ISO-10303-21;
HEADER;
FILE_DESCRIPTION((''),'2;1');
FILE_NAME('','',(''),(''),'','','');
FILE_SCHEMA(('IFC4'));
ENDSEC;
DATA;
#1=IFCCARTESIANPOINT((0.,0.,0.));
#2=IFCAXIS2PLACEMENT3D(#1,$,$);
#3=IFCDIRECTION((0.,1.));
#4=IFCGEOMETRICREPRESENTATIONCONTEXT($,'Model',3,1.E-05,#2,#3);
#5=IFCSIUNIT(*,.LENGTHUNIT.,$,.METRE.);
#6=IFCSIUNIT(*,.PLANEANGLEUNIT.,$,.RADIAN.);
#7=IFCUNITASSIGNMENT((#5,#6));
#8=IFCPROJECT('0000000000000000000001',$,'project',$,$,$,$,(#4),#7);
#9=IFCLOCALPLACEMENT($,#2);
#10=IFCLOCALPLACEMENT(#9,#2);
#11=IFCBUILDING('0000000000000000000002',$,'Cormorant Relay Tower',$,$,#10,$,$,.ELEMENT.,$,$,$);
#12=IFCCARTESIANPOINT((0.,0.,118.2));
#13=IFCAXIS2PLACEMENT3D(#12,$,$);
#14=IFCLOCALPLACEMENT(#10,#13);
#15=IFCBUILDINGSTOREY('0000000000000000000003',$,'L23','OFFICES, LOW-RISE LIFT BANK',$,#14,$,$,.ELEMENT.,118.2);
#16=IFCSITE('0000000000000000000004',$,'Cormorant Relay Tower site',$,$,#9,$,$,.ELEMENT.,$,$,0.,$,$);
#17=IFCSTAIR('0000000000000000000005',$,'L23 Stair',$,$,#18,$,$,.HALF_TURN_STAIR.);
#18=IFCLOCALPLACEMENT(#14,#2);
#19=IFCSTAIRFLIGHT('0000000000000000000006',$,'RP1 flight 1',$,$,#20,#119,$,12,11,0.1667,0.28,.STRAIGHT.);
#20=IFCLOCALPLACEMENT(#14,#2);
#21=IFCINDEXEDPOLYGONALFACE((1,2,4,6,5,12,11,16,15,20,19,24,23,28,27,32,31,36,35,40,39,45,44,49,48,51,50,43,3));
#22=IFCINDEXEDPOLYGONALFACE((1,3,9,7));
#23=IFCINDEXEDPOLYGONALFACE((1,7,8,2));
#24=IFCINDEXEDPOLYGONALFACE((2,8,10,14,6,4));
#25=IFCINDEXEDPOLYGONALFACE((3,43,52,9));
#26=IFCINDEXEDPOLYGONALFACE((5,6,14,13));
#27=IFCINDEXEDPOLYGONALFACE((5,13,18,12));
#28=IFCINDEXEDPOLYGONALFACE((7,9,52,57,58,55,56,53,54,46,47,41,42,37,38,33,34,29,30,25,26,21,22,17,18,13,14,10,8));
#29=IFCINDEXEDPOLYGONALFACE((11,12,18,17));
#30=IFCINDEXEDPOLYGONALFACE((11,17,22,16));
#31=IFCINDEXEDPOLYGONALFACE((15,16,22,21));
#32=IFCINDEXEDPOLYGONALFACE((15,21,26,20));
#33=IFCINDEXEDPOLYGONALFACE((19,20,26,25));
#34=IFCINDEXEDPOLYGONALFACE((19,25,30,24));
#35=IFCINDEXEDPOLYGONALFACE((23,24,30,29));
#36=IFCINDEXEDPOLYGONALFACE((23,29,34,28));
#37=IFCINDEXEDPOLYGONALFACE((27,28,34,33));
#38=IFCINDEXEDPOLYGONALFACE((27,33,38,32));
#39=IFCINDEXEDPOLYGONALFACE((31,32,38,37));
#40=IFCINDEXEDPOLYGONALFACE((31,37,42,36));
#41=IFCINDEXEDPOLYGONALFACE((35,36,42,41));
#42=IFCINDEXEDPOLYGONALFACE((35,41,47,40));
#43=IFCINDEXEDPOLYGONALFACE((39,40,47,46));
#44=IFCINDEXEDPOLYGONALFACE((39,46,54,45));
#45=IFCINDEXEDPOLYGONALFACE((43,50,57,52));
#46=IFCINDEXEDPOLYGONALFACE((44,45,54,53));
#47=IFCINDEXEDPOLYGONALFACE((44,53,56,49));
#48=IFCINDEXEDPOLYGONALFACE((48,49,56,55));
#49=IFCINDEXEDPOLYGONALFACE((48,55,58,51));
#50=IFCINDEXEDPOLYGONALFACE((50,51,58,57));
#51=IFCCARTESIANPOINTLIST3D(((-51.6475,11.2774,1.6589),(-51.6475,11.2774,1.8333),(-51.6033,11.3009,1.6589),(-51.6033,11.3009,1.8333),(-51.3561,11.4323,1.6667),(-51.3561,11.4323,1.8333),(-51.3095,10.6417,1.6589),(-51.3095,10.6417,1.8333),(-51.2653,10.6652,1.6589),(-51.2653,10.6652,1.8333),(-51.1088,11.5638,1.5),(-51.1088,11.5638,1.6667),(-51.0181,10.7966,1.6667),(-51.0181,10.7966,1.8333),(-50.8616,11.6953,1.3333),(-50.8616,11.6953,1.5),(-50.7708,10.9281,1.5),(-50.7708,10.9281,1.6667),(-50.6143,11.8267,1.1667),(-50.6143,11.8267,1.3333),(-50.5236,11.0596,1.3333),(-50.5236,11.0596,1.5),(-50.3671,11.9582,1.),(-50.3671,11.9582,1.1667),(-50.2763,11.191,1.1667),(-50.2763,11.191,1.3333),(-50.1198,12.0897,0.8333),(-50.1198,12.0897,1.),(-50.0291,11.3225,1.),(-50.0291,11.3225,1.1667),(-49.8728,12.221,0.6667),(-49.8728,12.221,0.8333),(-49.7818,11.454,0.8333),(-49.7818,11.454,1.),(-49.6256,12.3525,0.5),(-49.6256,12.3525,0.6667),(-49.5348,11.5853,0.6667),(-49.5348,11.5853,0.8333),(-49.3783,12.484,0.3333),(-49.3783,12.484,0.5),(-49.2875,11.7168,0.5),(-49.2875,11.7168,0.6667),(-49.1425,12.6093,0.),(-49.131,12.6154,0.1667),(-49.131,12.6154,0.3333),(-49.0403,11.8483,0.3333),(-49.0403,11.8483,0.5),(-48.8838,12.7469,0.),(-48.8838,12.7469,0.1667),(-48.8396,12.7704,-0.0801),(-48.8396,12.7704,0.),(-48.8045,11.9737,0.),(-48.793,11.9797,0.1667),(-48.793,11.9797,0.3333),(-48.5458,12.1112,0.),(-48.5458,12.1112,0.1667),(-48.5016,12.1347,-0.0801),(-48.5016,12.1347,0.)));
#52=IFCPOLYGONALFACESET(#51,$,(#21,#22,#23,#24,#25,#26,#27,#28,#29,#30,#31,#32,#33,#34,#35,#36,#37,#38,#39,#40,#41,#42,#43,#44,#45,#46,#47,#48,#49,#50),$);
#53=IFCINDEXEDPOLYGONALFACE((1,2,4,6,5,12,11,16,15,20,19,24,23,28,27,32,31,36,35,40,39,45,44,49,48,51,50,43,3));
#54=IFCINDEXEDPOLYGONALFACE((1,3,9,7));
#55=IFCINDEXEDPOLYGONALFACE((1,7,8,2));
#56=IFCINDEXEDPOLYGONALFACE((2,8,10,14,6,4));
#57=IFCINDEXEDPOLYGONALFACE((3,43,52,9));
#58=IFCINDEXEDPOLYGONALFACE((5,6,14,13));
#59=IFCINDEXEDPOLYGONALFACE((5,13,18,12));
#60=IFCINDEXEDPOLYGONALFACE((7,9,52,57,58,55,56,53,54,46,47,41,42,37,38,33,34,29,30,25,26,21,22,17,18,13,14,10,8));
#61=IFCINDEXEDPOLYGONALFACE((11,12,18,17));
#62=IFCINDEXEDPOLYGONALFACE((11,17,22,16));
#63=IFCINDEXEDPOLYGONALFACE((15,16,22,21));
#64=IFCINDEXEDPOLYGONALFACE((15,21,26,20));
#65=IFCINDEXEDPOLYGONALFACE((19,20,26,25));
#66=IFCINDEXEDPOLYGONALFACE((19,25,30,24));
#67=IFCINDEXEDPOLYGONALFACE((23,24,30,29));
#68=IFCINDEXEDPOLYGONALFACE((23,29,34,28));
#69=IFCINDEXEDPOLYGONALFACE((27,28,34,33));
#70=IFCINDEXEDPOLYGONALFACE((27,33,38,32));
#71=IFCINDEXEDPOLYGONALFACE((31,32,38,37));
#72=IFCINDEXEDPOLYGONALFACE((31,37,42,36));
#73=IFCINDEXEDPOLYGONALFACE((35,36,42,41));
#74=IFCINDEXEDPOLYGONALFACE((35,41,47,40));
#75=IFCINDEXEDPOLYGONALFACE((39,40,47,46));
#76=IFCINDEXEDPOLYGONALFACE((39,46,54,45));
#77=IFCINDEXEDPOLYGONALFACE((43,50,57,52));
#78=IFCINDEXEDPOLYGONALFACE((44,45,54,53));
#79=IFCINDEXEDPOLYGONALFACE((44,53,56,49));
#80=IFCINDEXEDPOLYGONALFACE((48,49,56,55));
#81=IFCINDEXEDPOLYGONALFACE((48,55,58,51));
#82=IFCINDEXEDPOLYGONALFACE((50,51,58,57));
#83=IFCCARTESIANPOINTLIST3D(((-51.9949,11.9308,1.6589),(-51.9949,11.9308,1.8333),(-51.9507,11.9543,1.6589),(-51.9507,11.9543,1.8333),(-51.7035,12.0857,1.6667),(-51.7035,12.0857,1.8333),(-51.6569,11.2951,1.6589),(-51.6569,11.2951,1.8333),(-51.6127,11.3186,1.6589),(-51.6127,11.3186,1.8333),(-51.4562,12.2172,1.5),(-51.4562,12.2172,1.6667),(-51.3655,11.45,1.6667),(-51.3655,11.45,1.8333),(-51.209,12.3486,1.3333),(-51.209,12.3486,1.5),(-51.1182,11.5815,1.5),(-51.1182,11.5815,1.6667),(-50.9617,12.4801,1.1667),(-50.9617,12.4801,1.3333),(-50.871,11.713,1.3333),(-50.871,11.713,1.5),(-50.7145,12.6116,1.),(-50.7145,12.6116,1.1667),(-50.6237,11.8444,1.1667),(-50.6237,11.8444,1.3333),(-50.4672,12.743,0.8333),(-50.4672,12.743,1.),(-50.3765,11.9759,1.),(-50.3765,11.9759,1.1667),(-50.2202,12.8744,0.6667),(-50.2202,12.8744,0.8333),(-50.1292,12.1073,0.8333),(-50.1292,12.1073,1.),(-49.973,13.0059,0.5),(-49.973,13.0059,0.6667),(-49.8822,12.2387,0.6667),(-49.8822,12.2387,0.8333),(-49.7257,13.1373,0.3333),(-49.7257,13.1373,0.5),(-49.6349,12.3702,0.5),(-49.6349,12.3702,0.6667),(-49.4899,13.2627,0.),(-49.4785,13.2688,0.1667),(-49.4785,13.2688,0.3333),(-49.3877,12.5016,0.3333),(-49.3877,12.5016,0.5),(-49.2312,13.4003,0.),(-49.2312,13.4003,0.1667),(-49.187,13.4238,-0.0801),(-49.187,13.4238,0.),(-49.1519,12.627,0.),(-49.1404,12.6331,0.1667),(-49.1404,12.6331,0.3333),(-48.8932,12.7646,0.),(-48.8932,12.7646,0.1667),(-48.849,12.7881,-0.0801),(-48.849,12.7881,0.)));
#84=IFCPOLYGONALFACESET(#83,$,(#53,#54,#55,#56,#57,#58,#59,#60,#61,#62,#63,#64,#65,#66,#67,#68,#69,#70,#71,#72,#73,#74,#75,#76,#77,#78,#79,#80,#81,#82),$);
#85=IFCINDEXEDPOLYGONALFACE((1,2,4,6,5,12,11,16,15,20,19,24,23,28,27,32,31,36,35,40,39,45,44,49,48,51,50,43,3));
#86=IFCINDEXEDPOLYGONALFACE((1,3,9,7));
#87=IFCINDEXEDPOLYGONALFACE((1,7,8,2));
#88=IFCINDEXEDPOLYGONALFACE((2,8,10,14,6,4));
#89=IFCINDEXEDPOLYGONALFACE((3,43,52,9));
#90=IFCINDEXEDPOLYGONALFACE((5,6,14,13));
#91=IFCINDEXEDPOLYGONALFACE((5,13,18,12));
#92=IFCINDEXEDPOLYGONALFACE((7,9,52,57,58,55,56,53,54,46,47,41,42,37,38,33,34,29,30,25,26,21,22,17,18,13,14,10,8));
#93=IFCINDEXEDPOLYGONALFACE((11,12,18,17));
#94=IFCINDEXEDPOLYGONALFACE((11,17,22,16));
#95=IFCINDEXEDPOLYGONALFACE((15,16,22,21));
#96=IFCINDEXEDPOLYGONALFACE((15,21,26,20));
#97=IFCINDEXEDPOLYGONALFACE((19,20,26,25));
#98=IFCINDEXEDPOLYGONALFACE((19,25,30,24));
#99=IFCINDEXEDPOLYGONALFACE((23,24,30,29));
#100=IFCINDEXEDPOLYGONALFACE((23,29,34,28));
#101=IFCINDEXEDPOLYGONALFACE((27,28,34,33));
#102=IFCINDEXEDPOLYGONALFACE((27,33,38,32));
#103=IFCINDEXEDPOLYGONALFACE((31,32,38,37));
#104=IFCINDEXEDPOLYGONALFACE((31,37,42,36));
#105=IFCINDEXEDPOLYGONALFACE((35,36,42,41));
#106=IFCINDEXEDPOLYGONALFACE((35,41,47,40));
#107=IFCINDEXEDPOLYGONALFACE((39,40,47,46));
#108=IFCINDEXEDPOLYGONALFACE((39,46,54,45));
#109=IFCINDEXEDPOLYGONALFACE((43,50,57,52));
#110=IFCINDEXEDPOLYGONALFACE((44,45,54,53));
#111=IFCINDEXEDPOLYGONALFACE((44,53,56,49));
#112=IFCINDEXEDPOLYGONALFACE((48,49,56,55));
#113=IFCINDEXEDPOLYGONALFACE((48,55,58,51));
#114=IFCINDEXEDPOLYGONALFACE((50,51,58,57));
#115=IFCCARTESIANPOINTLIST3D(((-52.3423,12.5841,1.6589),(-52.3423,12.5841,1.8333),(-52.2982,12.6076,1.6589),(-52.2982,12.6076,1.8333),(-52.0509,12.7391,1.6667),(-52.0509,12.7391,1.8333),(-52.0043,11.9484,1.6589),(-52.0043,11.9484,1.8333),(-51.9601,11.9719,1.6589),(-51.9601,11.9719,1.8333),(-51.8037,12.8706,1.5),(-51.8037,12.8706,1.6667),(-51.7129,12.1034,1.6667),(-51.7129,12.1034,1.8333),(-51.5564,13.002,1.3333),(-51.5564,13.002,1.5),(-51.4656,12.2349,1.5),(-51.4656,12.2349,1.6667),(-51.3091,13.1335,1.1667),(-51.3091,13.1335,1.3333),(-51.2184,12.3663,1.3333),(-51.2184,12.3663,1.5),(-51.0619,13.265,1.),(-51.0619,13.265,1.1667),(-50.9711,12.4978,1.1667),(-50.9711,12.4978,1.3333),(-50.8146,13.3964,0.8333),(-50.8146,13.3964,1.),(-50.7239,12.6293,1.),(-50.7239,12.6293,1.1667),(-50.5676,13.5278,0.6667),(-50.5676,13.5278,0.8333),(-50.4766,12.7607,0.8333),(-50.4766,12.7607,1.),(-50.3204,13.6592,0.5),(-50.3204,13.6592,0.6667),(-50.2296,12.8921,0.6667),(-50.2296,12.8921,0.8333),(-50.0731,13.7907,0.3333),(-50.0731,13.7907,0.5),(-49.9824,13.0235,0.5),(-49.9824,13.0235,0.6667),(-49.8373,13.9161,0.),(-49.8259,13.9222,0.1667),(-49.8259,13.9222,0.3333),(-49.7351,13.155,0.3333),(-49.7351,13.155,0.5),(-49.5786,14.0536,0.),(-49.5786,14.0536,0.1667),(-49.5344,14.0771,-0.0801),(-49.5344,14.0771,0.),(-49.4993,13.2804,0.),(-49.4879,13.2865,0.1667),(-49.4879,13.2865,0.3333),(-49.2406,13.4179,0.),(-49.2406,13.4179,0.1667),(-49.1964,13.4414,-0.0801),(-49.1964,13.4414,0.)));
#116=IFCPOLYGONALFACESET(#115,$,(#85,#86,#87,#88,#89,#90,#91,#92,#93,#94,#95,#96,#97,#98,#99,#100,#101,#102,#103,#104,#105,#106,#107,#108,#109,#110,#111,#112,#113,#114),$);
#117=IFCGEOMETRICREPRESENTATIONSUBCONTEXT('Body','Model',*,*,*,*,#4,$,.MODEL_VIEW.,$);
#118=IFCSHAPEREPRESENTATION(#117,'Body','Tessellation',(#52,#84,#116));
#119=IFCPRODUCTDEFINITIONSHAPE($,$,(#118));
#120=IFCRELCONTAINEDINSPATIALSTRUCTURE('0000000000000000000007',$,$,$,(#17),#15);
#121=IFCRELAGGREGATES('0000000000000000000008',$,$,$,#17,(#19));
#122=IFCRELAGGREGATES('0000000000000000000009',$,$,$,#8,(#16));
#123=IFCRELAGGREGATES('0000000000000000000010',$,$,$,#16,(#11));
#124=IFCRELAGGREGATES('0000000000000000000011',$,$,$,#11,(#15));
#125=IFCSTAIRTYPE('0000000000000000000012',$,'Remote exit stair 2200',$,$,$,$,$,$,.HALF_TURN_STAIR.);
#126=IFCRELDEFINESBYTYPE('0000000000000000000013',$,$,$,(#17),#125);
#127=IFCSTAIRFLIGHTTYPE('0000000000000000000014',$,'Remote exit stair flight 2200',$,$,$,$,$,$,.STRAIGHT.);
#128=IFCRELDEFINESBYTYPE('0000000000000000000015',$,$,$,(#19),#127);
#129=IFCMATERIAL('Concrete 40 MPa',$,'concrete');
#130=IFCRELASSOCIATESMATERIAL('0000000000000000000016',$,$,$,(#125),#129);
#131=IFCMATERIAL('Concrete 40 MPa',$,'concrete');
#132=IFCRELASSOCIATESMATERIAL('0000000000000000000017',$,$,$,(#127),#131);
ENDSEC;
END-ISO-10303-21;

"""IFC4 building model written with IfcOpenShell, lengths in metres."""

from ifc_helpers import new_model, si_unit, direction, frame, origin, place, context, subcontext, project, spatial, polyline, outline, extrude, material, type_object, element, aggregate, save


model = new_model("IFC4")

# Units and contexts
model_context = context("Model", 3, precision=1e-05, world=origin(), true_north=direction((0.0, 1.0)))
body_context = subcontext(model_context, "Body", "Model", "MODEL_VIEW")
ifc_project = project(units=[si_unit("LENGTHUNIT", "METRE"), si_unit("PLANEANGLEUNIT", "RADIAN")], contexts=[model_context])

# Site, building, storey
site_placement = place(None, origin())
site = spatial("IfcSite", under=ifc_project, at=site_placement, Name="Cormorant Relay Tower site", CompositionType="ELEMENT", RefElevation=0.0)
building_placement = place(site_placement, origin())
building = spatial("IfcBuilding", under=site, at=building_placement, Name="Cormorant Relay Tower", CompositionType="ELEMENT")
storey_placement = place(building_placement, frame((0.0, 0.0, 118.2)))
storey = spatial("IfcBuildingStorey", under=building, at=storey_placement, Name="L23", Description="OFFICES, LOW-RISE LIFT BANK", CompositionType="ELEMENT", Elevation=118.2)

# Stair, stair flight
ifc_material_1 = material(Name="Concrete 40 MPa", Category="concrete")
stair_type = type_object("IfcStairType", Name="Remote exit stair 2200", PredefinedType="HALF_TURN_STAIR", material=ifc_material_1)
stair_placement = place(storey_placement, origin())
stair = element("IfcStair", 1, at=stair_placement, inside=storey, type_object=stair_type, Name="L23 Stair", PredefinedType="HALF_TURN_STAIR")
ifc_material_2 = material(Name="Concrete 40 MPa", Category="concrete")
stair_flight_type = type_object("IfcStairFlightType", Name="Remote exit stair flight 2200", PredefinedType="STRAIGHT", material=ifc_material_2)
stair_flight_1_placement = place(storey_placement, frame((-49.0623, 13.0825, 0.0), z_axis=(0.0, 0.0, 1.0), x_axis=(-0.882948, -0.469472, 0.0)))
stair_flight_1 = element("IfcStairFlight", 2, at=stair_flight_1_placement, type_object=stair_flight_type, Name="RP1 flight 1", NumberOfRisers=12, NumberOfTreads=11, PredefinedType="STRAIGHT", RiserHeight=0.1667, TreadLength=0.28, context=body_context, shape_type="SweptSolid", body=[
    extrude(outline(polyline([(-0.05, -0.0801), (-0.05, 0.0), (0.0, 0.0), (0.0, 0.1667), (0.28, 0.1667), (0.28, 0.3333), (0.5601, 0.3333), (0.5601, 0.5), (0.8401, 0.5), (0.8401, 0.6667), (1.1201, 0.6667), (1.1201, 0.8333), (1.3999, 0.8333), (1.3999, 1.0), (1.6799, 1.0), (1.6799, 1.1667), (1.96, 1.1667), (1.96, 1.3333), (2.24, 1.3333), (2.24, 1.5), (2.52, 1.5), (2.52, 1.6667), (2.8, 1.6667), (2.8, 1.8333), (3.0801, 1.8333), (3.1301, 1.8333), (3.1301, 1.6589), (3.0801, 1.6589), (0.293, 0.0), (-0.05, -0.0801)])), frame((0.0, 1.1001, 0.0), z_axis=(0.0, -1.0, 0.0), x_axis=(1.0, 0.0, 0.0)), (0.0, 0.0, 1.0), 0.72),
    extrude(outline(polyline([(-0.05, -0.0801), (-0.05, 0.0), (0.0, 0.0), (0.0, 0.1667), (0.28, 0.1667), (0.28, 0.3333), (0.5601, 0.3333), (0.5601, 0.5), (0.8401, 0.5), (0.8401, 0.6667), (1.1201, 0.6667), (1.1201, 0.8333), (1.3999, 0.8333), (1.3999, 1.0), (1.6799, 1.0), (1.6799, 1.1667), (1.96, 1.1667), (1.96, 1.3333), (2.24, 1.3333), (2.24, 1.5), (2.52, 1.5), (2.52, 1.6667), (2.8, 1.6667), (2.8, 1.8333), (3.0801, 1.8333), (3.1301, 1.8333), (3.1301, 1.6589), (3.0801, 1.6589), (0.293, 0.0), (-0.05, -0.0801)])), frame((0.0, 0.3601, 0.0), z_axis=(0.0, -1.0, 0.0), x_axis=(1.0, 0.0, 0.0)), (0.0, 0.0, 1.0), 0.72),
    extrude(outline(polyline([(-0.05, -0.0801), (-0.05, 0.0), (0.0, 0.0), (0.0, 0.1667), (0.28, 0.1667), (0.28, 0.3333), (0.5601, 0.3333), (0.5601, 0.5), (0.8401, 0.5), (0.8401, 0.6667), (1.1201, 0.6667), (1.1201, 0.8333), (1.3999, 0.8333), (1.3999, 1.0), (1.6799, 1.0), (1.6799, 1.1667), (1.96, 1.1667), (1.96, 1.3333), (2.24, 1.3333), (2.24, 1.5), (2.52, 1.5), (2.52, 1.6667), (2.8, 1.6667), (2.8, 1.8333), (3.0801, 1.8333), (3.1301, 1.8333), (3.1301, 1.6589), (3.0801, 1.6589), (0.293, 0.0), (-0.05, -0.0801)])), frame((0.0, -0.3799, 0.0), z_axis=(0.0, -1.0, 0.0), x_axis=(1.0, 0.0, 0.0)), (0.0, 0.0, 1.0), 0.72),
])
aggregate(stair, [stair_flight_1])

save(model, "model.ifc")
